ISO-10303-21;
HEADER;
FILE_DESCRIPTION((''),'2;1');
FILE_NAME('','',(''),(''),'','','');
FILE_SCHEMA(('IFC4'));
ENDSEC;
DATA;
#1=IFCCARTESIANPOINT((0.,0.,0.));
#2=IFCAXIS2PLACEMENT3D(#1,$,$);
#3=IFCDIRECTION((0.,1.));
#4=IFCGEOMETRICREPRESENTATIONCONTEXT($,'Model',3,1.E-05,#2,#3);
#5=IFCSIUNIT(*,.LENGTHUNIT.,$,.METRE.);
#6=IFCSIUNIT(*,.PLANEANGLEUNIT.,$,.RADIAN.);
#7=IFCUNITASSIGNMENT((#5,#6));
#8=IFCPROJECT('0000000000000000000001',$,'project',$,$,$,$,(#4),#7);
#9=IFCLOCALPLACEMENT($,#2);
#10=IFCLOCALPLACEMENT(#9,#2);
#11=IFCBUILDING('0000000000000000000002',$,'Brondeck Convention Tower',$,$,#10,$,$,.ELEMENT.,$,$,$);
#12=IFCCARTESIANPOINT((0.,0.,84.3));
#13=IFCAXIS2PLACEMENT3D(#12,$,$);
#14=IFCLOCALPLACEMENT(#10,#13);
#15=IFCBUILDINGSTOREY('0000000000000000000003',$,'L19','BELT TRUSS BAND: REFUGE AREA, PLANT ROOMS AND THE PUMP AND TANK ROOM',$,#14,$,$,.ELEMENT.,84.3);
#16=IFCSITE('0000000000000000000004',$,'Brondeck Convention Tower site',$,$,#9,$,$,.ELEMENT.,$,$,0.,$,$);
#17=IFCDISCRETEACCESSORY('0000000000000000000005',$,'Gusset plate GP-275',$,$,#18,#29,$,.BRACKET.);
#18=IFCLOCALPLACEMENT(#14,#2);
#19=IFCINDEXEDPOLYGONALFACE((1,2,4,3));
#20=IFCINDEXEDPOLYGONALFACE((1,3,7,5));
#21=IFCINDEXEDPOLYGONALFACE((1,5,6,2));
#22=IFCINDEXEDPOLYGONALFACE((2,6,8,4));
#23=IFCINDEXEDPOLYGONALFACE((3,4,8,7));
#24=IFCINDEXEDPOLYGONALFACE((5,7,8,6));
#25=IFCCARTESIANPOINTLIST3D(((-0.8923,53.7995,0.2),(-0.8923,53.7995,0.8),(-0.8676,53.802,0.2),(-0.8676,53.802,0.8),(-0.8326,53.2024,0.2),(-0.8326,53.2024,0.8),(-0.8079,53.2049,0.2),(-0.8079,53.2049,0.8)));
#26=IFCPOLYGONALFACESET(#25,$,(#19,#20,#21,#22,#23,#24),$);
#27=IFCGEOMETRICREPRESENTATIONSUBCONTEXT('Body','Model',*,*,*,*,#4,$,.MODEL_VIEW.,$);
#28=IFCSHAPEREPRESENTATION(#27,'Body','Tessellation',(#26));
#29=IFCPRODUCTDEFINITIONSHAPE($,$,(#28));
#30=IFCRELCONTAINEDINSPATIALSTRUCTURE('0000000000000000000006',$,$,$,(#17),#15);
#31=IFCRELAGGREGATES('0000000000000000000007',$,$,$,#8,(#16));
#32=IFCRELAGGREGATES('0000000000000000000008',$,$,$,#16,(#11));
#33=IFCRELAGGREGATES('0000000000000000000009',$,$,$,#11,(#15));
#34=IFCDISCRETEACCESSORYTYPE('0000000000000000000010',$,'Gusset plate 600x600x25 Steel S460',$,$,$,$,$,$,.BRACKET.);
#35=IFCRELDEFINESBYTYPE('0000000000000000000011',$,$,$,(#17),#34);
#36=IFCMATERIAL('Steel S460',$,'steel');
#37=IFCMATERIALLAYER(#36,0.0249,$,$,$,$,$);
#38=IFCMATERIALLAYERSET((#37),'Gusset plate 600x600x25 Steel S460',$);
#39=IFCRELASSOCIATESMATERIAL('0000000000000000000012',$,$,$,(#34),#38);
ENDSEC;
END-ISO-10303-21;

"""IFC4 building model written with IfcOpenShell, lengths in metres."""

from ifc_helpers import new_model, si_unit, direction, frame, origin, origin_2d, place, context, subcontext, project, spatial, rectangle, extrude, material, layer, layer_set, type_object, element, save


model = new_model("IFC4")

# Units and contexts
model_context = context("Model", 3, precision=1e-05, world=origin(), true_north=direction((0.0, 1.0)))
body_context = subcontext(model_context, "Body", "Model", "MODEL_VIEW")
ifc_project = project(units=[si_unit("LENGTHUNIT", "METRE"), si_unit("PLANEANGLEUNIT", "RADIAN")], contexts=[model_context])

# Site, building, storey
site_placement = place(None, origin())
site = spatial("IfcSite", under=ifc_project, at=site_placement, Name="Brondeck Convention Tower site", CompositionType="ELEMENT", RefElevation=0.0)
building_placement = place(site_placement, origin())
building = spatial("IfcBuilding", under=site, at=building_placement, Name="Brondeck Convention Tower", CompositionType="ELEMENT")
storey_placement = place(building_placement, frame((0.0, 0.0, 84.3)))
storey = spatial("IfcBuildingStorey", under=building, at=storey_placement, Name="L19", Description="BELT TRUSS BAND: REFUGE AREA, PLANT ROOMS AND THE PUMP AND TANK ROOM", CompositionType="ELEMENT", Elevation=84.3)

# Shared definitions
ifc_material_1 = material(Name="Steel S460", Category="steel")

# Discrete accessory
ifc_layer_1 = layer(ifc_material_1, 0.0249)
ifc_layer_set_1 = layer_set([ifc_layer_1], Name="Gusset plate 600x600x25 Steel S460")
discrete_accessory_type = type_object("IfcDiscreteAccessoryType", Name="Gusset plate 600x600x25 Steel S460", PredefinedType="BRACKET", material=ifc_layer_set_1)
for number, where, z_axis, x_axis, name in (
    (1, (-0.8501, 53.5022, 0.2), (0.0, 0.0, 1.0), (-0.099511, 0.995036, 0.0), "Gusset plate GP-275"),
):
    element("IfcDiscreteAccessory", number, at=place(storey_placement, frame(where, z_axis=z_axis, x_axis=x_axis)), inside=storey, type_object=discrete_accessory_type, Name=name, PredefinedType="BRACKET", context=body_context, shape_type="SweptSolid", body=[
        extrude(rectangle(XDim=0.6001, YDim=0.0249, at=origin_2d()), origin(), (0.0, 0.0, 1.0), 0.6001),
    ])

save(model, "model.ifc")
